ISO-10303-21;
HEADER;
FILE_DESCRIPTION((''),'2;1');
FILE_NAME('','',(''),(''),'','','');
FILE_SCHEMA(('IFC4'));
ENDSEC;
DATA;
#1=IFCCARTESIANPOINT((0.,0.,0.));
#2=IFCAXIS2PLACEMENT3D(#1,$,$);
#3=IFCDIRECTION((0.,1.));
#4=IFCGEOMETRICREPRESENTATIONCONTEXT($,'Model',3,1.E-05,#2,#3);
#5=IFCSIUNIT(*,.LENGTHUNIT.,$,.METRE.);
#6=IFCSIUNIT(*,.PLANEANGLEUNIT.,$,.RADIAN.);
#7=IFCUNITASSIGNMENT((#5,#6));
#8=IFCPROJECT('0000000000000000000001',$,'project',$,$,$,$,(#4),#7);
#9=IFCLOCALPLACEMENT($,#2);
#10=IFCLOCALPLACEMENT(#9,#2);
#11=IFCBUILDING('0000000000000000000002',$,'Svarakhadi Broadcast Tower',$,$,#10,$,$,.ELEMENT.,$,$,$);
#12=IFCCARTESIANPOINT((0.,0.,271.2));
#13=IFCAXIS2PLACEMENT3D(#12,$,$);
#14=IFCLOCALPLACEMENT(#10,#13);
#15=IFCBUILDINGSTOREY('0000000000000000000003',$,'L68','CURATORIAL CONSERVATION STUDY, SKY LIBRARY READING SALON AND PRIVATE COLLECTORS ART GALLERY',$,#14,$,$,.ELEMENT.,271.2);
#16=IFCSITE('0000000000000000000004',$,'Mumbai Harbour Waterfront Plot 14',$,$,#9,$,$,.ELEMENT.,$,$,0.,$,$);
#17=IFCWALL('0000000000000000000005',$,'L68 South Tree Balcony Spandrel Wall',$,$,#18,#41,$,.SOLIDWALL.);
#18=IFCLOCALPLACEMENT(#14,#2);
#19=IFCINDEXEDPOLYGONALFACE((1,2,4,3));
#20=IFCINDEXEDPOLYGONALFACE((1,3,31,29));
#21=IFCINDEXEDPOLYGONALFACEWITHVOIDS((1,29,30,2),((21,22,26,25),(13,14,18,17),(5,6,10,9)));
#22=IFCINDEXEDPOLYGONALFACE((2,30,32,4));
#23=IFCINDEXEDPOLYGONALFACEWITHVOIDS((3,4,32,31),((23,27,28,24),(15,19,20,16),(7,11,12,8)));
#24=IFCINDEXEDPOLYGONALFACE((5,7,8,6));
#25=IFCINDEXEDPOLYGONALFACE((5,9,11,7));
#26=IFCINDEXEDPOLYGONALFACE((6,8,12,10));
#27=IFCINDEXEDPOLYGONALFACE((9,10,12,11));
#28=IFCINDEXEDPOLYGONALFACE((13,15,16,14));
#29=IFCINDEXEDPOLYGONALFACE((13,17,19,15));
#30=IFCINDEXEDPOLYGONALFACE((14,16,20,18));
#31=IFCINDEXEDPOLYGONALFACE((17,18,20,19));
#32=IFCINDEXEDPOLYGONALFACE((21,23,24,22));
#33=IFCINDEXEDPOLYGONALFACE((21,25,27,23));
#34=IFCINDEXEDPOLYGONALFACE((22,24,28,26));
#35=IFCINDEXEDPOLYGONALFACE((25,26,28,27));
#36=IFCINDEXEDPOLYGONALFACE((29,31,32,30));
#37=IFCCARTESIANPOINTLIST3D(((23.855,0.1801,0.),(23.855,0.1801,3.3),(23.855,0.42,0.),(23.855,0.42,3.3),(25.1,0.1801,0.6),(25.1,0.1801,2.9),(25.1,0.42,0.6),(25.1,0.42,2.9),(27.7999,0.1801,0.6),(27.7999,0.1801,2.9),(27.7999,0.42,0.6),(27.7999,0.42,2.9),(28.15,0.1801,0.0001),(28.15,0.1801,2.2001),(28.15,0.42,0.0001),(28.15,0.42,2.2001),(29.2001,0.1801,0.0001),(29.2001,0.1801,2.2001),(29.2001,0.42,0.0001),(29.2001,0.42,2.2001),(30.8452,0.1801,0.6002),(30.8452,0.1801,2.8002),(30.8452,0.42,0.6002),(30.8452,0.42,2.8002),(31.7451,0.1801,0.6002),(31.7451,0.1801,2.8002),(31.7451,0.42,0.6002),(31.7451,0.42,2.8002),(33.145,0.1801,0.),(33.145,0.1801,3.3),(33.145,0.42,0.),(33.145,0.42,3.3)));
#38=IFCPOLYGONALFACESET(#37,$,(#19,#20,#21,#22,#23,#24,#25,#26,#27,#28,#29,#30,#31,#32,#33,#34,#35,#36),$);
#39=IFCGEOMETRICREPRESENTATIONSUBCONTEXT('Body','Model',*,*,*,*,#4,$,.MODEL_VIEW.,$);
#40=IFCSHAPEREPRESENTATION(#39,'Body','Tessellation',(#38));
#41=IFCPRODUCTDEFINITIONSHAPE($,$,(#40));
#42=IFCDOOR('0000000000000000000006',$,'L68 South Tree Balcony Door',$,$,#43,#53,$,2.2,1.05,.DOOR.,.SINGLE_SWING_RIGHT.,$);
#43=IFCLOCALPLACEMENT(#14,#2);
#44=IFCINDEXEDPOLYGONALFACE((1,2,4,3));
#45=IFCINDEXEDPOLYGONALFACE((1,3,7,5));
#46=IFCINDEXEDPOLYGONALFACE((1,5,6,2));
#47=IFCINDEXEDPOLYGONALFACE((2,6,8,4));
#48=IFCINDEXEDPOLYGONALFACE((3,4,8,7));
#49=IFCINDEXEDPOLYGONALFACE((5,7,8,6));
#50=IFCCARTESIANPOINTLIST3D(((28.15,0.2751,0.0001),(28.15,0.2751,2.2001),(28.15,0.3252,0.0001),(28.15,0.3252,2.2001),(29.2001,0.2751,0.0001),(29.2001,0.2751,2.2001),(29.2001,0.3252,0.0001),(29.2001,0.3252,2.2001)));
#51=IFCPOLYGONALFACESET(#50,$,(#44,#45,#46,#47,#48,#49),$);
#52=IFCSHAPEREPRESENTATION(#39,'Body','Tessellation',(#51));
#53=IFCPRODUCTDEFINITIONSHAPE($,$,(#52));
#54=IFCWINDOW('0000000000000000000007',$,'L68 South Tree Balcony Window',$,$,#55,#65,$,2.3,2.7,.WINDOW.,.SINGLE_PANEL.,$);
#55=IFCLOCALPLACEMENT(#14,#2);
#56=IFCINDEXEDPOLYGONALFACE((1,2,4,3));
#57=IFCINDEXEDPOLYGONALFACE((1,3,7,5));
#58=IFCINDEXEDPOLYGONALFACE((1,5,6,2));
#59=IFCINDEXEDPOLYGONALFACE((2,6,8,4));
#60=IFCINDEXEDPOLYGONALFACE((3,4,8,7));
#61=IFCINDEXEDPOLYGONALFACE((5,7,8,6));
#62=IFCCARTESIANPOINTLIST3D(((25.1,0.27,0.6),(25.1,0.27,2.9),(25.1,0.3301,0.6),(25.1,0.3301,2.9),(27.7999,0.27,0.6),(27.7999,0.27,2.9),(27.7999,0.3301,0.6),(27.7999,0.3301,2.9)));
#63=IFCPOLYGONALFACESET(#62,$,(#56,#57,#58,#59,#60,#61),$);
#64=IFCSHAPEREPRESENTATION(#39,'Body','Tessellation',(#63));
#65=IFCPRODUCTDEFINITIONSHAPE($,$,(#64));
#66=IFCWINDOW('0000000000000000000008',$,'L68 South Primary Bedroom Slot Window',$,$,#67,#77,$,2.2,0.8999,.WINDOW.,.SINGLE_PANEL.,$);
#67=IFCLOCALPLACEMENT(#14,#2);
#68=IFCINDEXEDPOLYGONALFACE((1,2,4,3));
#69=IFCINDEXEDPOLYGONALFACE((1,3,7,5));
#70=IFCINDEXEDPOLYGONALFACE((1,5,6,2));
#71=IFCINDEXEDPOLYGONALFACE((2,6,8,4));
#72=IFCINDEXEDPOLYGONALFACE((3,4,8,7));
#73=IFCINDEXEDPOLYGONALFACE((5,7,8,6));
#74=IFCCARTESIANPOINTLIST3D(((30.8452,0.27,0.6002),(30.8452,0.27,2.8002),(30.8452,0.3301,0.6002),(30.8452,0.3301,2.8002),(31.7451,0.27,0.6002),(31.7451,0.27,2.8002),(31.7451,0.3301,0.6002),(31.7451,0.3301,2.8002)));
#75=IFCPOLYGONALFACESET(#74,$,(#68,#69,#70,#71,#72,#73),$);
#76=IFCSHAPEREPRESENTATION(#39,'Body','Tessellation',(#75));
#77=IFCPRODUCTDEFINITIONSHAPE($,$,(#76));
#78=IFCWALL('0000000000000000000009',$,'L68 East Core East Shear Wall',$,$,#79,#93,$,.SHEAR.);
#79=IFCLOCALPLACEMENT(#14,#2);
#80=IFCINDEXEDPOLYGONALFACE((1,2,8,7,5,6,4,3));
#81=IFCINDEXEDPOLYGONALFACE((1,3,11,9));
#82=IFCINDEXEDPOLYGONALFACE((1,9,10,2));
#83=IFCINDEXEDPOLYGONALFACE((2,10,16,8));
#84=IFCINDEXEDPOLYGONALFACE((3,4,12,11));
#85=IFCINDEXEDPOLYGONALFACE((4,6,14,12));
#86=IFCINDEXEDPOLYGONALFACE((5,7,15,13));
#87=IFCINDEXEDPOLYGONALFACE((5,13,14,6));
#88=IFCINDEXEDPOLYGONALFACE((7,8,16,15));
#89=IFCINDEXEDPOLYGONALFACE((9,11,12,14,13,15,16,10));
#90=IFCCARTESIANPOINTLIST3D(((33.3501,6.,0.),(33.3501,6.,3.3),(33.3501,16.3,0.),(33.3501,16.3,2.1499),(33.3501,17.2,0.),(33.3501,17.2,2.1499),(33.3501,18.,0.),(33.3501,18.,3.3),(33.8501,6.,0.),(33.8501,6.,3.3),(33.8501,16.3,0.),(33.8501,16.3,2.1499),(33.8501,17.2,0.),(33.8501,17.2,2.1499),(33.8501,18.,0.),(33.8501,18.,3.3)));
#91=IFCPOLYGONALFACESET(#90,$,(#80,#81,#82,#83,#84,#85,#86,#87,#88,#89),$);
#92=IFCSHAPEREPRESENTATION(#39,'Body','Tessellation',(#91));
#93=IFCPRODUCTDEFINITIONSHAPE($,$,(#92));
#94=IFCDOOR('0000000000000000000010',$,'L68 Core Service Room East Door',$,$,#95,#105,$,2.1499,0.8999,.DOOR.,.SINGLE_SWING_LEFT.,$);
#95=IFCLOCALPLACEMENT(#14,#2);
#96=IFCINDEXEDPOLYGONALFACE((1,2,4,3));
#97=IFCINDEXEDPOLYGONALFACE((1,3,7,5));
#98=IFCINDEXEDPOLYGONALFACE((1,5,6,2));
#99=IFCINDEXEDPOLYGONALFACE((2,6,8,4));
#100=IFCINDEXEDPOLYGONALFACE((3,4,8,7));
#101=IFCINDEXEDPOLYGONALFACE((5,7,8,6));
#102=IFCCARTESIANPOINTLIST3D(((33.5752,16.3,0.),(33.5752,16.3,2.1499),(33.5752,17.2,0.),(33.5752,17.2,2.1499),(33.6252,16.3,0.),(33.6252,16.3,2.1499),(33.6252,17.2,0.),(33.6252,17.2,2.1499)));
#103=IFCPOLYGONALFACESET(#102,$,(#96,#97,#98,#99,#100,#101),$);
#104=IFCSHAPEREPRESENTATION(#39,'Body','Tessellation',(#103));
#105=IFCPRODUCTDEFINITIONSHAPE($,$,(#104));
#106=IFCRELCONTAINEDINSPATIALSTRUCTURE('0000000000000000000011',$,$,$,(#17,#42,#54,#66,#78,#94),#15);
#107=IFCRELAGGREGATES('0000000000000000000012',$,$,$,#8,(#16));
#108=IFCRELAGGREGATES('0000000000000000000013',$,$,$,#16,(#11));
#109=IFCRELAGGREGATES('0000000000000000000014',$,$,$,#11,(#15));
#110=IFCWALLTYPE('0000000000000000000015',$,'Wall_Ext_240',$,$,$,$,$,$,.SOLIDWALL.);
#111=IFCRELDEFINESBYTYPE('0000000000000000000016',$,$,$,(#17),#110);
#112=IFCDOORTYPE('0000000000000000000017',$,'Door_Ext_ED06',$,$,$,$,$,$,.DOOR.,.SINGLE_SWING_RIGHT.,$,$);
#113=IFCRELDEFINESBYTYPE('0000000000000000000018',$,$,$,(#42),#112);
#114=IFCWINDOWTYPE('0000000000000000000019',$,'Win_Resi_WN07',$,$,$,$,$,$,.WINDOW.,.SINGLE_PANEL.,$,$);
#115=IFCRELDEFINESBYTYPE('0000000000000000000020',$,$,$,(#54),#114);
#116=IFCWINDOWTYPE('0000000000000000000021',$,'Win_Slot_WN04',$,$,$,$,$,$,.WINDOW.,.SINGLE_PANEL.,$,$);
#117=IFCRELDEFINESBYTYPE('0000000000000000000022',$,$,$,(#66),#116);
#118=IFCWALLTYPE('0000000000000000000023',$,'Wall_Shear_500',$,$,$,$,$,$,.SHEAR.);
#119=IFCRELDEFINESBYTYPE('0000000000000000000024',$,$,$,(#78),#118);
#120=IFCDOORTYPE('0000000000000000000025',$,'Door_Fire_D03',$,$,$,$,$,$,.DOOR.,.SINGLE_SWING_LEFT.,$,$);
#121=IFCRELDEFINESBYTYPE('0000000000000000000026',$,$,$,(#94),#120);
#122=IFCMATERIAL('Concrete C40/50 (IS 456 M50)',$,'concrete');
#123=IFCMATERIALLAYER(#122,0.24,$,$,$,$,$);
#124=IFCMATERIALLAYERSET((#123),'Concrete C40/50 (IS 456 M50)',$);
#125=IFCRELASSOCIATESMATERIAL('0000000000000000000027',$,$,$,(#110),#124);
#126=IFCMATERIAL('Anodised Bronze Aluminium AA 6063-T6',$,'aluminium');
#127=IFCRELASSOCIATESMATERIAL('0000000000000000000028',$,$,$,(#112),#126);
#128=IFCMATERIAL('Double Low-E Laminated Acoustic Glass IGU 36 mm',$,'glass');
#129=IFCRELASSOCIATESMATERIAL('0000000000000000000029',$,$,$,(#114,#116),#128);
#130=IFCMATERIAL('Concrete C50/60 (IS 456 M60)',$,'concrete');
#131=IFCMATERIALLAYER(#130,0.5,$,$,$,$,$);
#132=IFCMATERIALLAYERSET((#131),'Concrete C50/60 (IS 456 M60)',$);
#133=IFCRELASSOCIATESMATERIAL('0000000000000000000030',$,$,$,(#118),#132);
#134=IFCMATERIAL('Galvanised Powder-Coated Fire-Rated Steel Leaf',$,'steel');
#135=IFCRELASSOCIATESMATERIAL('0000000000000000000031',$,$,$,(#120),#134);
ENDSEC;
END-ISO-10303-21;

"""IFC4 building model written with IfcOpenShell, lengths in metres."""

from ifc_helpers import new_model, si_unit, direction, frame, frame_2d, origin, place, context, subcontext, project, spatial, rectangle, extrude, material, layer, layer_set, type_object, element, fill, save


model = new_model("IFC4")

# Units and contexts
model_context = context("Model", 3, precision=1e-05, world=origin(), true_north=direction((0.0, 1.0)))
body_context = subcontext(model_context, "Body", "Model", "MODEL_VIEW")
ifc_project = project(units=[si_unit("LENGTHUNIT", "METRE"), si_unit("PLANEANGLEUNIT", "RADIAN")], contexts=[model_context])

# Site, building, storey
site_placement = place(None, origin())
site = spatial("IfcSite", under=ifc_project, at=site_placement, Name="Mumbai Harbour Waterfront Plot 14", CompositionType="ELEMENT", RefElevation=0.0)
building_placement = place(site_placement, origin())
building = spatial("IfcBuilding", under=site, at=building_placement, Name="Svarakhadi Broadcast Tower", CompositionType="ELEMENT")
storey_placement = place(building_placement, frame((0.0, 0.0, 271.2)))
storey = spatial("IfcBuildingStorey", under=building, at=storey_placement, Name="L68", Description="CURATORIAL CONSERVATION STUDY, SKY LIBRARY READING SALON AND PRIVATE COLLECTORS ART GALLERY", CompositionType="ELEMENT", Elevation=271.2)

# Shared definitions
ifc_material_1 = material(Name="Concrete C50/60 (IS 456 M60)", Category="concrete")

# Shared definitions
ifc_material_2 = material(Name="Anodised Bronze Aluminium AA 6063-T6", Category="aluminium")

# Shared definitions
ifc_material_3 = material(Name="Double Low-E Laminated Acoustic Glass IGU 36 mm", Category="glass")

# Wall, openings, door, windows
ifc_material_4 = material(Name="Concrete C40/50 (IS 456 M50)", Category="concrete")
ifc_layer_1 = layer(ifc_material_4, 0.24)
ifc_layer_set_1 = layer_set([ifc_layer_1], Name="Concrete C40/50 (IS 456 M50)")
wall_type_1 = type_object("IfcWallType", Name="Wall_Ext_240", PredefinedType="SOLIDWALL", material=ifc_layer_set_1)
wall_1_placement = place(storey_placement, frame((33.145, 0.3, 0.0), z_axis=(0.0, 0.0, 1.0), x_axis=(-1.0, 0.0, 0.0)))
wall_1 = element("IfcWall", 1, at=wall_1_placement, inside=storey, type_object=wall_type_1, Name="L68 South Tree Balcony Spandrel Wall", PredefinedType="SOLIDWALL", context=body_context, shape_type="SweptSolid", body=[
    extrude(rectangle(XDim=9.29, YDim=0.24, at=frame_2d((4.645, 0.0))), origin(), (0.0, 0.0, 1.0), 3.3),
])
opening_1_placement = place(wall_1_placement, frame((3.9451, 0.0, 0.0)))
opening_1 = element("IfcOpeningElement", 2, at=opening_1_placement, cuts=wall_1, PredefinedType="OPENING", context=body_context, shape_type="SweptSolid", body=[
    extrude(rectangle(XDim=1.05, YDim=2.2, at=frame_2d((0.5249, 1.1001))), frame((0.0, 0.1299, 0.0), z_axis=(0.0, -1.0, 0.0), x_axis=(1.0, 0.0, 0.0)), (0.0, 0.0, 1.0), 0.26),
])
opening_2_placement = place(wall_1_placement, frame((5.345, 0.0, 0.6001)))
opening_2 = element("IfcOpeningElement", 3, at=opening_2_placement, cuts=wall_1, PredefinedType="OPENING", context=body_context, shape_type="SweptSolid", body=[
    extrude(rectangle(XDim=2.7, YDim=2.3, at=frame_2d((1.3501, 1.1499))), frame((0.0, 0.1299, 0.0), z_axis=(0.0, -1.0, 0.0), x_axis=(1.0, 0.0, 0.0)), (0.0, 0.0, 1.0), 0.26),
])
opening_3_placement = place(wall_1_placement, frame((1.3999, 0.0, 0.6001)))
opening_3 = element("IfcOpeningElement", 4, at=opening_3_placement, cuts=wall_1, PredefinedType="OPENING", context=body_context, shape_type="SweptSolid", body=[
    extrude(rectangle(XDim=0.8999, YDim=2.2, at=frame_2d((0.45, 1.1001))), frame((0.0, 0.1299, 0.0), z_axis=(0.0, -1.0, 0.0), x_axis=(1.0, 0.0, 0.0)), (0.0, 0.0, 1.0), 0.26),
])
door_type_1 = type_object("IfcDoorType", Name="Door_Ext_ED06", OperationType="SINGLE_SWING_RIGHT", PredefinedType="DOOR", material=ifc_material_2)
door_1_placement = place(opening_1_placement, origin())
door_1 = element("IfcDoor", 5, at=door_1_placement, inside=storey, type_object=door_type_1, Name="L68 South Tree Balcony Door", OperationType="SINGLE_SWING_RIGHT", OverallHeight=2.2, OverallWidth=1.05, PredefinedType="DOOR", context=body_context, shape_type="SweptSolid", body=[
    extrude(rectangle(XDim=1.05, YDim=2.2, at=frame_2d((0.5249, 1.1001))), frame((0.0, 0.0249, 0.0), z_axis=(0.0, -1.0, 0.0), x_axis=(1.0, 0.0, 0.0)), (0.0, 0.0, 1.0), 0.05),
])
fill(opening_1, door_1)
window_type_1 = type_object("IfcWindowType", Name="Win_Resi_WN07", PartitioningType="SINGLE_PANEL", PredefinedType="WINDOW", material=ifc_material_3)
window_1_placement = place(opening_2_placement, origin())
window_1 = element("IfcWindow", 6, at=window_1_placement, inside=storey, type_object=window_type_1, Name="L68 South Tree Balcony Window", OverallHeight=2.3, OverallWidth=2.7, PartitioningType="SINGLE_PANEL", PredefinedType="WINDOW", context=body_context, shape_type="SweptSolid", body=[
    extrude(rectangle(XDim=2.7, YDim=2.3, at=frame_2d((1.3501, 1.1499))), frame((0.0, 0.03, 0.0), z_axis=(0.0, -1.0, 0.0), x_axis=(1.0, 0.0, 0.0)), (0.0, 0.0, 1.0), 0.0601),
])
fill(opening_2, window_1)
window_type_2 = type_object("IfcWindowType", Name="Win_Slot_WN04", PartitioningType="SINGLE_PANEL", PredefinedType="WINDOW", material=ifc_material_3)
window_2_placement = place(opening_3_placement, origin())
window_2 = element("IfcWindow", 7, at=window_2_placement, inside=storey, type_object=window_type_2, Name="L68 South Primary Bedroom Slot Window", OverallHeight=2.2, OverallWidth=0.8999, PartitioningType="SINGLE_PANEL", PredefinedType="WINDOW", context=body_context, shape_type="SweptSolid", body=[
    extrude(rectangle(XDim=0.8999, YDim=2.2, at=frame_2d((0.45, 1.1001))), frame((0.0, 0.03, 0.0), z_axis=(0.0, -1.0, 0.0), x_axis=(1.0, 0.0, 0.0)), (0.0, 0.0, 1.0), 0.0601),
])
fill(opening_3, window_2)

# Wall, opening, door
ifc_layer_2 = layer(ifc_material_1, 0.5)
ifc_layer_set_2 = layer_set([ifc_layer_2], Name="Concrete C50/60 (IS 456 M60)")
wall_type_2 = type_object("IfcWallType", Name="Wall_Shear_500", PredefinedType="SHEAR", material=ifc_layer_set_2)
wall_2_placement = place(storey_placement, frame((33.6001, 6.0, 0.0), z_axis=(0.0, 0.0, 1.0), x_axis=(0.0, 1.0, 0.0)))
wall_2 = element("IfcWall", 8, at=wall_2_placement, inside=storey, type_object=wall_type_2, Name="L68 East Core East Shear Wall", PredefinedType="SHEAR", context=body_context, shape_type="SweptSolid", body=[
    extrude(rectangle(XDim=12.0, YDim=0.5, at=frame_2d((6.0, 0.0))), origin(), (0.0, 0.0, 1.0), 3.3),
])
opening_4_placement = place(wall_2_placement, frame((10.3, 0.0, 0.0)))
opening_4 = element("IfcOpeningElement", 9, at=opening_4_placement, cuts=wall_2, PredefinedType="OPENING", context=body_context, shape_type="SweptSolid", body=[
    extrude(rectangle(XDim=0.8999, YDim=2.1499, at=frame_2d((0.45, 1.075))), frame((0.0, 0.26, 0.0), z_axis=(0.0, -1.0, 0.0), x_axis=(1.0, 0.0, 0.0)), (0.0, 0.0, 1.0), 0.52),
])
ifc_material_5 = material(Name="Galvanised Powder-Coated Fire-Rated Steel Leaf", Category="steel")
door_type_2 = type_object("IfcDoorType", Name="Door_Fire_D03", OperationType="SINGLE_SWING_LEFT", PredefinedType="DOOR", material=ifc_material_5)
door_2_placement = place(opening_4_placement, origin())
door_2 = element("IfcDoor", 10, at=door_2_placement, inside=storey, type_object=door_type_2, Name="L68 Core Service Room East Door", OperationType="SINGLE_SWING_LEFT", OverallHeight=2.1499, OverallWidth=0.8999, PredefinedType="DOOR", context=body_context, shape_type="SweptSolid", body=[
    extrude(rectangle(XDim=0.8999, YDim=2.1499, at=frame_2d((0.45, 1.075))), frame((0.0, 0.0249, 0.0), z_axis=(0.0, -1.0, 0.0), x_axis=(1.0, 0.0, 0.0)), (0.0, 0.0, 1.0), 0.05),
])
fill(opening_4, door_2)

save(model, "model.ifc")
